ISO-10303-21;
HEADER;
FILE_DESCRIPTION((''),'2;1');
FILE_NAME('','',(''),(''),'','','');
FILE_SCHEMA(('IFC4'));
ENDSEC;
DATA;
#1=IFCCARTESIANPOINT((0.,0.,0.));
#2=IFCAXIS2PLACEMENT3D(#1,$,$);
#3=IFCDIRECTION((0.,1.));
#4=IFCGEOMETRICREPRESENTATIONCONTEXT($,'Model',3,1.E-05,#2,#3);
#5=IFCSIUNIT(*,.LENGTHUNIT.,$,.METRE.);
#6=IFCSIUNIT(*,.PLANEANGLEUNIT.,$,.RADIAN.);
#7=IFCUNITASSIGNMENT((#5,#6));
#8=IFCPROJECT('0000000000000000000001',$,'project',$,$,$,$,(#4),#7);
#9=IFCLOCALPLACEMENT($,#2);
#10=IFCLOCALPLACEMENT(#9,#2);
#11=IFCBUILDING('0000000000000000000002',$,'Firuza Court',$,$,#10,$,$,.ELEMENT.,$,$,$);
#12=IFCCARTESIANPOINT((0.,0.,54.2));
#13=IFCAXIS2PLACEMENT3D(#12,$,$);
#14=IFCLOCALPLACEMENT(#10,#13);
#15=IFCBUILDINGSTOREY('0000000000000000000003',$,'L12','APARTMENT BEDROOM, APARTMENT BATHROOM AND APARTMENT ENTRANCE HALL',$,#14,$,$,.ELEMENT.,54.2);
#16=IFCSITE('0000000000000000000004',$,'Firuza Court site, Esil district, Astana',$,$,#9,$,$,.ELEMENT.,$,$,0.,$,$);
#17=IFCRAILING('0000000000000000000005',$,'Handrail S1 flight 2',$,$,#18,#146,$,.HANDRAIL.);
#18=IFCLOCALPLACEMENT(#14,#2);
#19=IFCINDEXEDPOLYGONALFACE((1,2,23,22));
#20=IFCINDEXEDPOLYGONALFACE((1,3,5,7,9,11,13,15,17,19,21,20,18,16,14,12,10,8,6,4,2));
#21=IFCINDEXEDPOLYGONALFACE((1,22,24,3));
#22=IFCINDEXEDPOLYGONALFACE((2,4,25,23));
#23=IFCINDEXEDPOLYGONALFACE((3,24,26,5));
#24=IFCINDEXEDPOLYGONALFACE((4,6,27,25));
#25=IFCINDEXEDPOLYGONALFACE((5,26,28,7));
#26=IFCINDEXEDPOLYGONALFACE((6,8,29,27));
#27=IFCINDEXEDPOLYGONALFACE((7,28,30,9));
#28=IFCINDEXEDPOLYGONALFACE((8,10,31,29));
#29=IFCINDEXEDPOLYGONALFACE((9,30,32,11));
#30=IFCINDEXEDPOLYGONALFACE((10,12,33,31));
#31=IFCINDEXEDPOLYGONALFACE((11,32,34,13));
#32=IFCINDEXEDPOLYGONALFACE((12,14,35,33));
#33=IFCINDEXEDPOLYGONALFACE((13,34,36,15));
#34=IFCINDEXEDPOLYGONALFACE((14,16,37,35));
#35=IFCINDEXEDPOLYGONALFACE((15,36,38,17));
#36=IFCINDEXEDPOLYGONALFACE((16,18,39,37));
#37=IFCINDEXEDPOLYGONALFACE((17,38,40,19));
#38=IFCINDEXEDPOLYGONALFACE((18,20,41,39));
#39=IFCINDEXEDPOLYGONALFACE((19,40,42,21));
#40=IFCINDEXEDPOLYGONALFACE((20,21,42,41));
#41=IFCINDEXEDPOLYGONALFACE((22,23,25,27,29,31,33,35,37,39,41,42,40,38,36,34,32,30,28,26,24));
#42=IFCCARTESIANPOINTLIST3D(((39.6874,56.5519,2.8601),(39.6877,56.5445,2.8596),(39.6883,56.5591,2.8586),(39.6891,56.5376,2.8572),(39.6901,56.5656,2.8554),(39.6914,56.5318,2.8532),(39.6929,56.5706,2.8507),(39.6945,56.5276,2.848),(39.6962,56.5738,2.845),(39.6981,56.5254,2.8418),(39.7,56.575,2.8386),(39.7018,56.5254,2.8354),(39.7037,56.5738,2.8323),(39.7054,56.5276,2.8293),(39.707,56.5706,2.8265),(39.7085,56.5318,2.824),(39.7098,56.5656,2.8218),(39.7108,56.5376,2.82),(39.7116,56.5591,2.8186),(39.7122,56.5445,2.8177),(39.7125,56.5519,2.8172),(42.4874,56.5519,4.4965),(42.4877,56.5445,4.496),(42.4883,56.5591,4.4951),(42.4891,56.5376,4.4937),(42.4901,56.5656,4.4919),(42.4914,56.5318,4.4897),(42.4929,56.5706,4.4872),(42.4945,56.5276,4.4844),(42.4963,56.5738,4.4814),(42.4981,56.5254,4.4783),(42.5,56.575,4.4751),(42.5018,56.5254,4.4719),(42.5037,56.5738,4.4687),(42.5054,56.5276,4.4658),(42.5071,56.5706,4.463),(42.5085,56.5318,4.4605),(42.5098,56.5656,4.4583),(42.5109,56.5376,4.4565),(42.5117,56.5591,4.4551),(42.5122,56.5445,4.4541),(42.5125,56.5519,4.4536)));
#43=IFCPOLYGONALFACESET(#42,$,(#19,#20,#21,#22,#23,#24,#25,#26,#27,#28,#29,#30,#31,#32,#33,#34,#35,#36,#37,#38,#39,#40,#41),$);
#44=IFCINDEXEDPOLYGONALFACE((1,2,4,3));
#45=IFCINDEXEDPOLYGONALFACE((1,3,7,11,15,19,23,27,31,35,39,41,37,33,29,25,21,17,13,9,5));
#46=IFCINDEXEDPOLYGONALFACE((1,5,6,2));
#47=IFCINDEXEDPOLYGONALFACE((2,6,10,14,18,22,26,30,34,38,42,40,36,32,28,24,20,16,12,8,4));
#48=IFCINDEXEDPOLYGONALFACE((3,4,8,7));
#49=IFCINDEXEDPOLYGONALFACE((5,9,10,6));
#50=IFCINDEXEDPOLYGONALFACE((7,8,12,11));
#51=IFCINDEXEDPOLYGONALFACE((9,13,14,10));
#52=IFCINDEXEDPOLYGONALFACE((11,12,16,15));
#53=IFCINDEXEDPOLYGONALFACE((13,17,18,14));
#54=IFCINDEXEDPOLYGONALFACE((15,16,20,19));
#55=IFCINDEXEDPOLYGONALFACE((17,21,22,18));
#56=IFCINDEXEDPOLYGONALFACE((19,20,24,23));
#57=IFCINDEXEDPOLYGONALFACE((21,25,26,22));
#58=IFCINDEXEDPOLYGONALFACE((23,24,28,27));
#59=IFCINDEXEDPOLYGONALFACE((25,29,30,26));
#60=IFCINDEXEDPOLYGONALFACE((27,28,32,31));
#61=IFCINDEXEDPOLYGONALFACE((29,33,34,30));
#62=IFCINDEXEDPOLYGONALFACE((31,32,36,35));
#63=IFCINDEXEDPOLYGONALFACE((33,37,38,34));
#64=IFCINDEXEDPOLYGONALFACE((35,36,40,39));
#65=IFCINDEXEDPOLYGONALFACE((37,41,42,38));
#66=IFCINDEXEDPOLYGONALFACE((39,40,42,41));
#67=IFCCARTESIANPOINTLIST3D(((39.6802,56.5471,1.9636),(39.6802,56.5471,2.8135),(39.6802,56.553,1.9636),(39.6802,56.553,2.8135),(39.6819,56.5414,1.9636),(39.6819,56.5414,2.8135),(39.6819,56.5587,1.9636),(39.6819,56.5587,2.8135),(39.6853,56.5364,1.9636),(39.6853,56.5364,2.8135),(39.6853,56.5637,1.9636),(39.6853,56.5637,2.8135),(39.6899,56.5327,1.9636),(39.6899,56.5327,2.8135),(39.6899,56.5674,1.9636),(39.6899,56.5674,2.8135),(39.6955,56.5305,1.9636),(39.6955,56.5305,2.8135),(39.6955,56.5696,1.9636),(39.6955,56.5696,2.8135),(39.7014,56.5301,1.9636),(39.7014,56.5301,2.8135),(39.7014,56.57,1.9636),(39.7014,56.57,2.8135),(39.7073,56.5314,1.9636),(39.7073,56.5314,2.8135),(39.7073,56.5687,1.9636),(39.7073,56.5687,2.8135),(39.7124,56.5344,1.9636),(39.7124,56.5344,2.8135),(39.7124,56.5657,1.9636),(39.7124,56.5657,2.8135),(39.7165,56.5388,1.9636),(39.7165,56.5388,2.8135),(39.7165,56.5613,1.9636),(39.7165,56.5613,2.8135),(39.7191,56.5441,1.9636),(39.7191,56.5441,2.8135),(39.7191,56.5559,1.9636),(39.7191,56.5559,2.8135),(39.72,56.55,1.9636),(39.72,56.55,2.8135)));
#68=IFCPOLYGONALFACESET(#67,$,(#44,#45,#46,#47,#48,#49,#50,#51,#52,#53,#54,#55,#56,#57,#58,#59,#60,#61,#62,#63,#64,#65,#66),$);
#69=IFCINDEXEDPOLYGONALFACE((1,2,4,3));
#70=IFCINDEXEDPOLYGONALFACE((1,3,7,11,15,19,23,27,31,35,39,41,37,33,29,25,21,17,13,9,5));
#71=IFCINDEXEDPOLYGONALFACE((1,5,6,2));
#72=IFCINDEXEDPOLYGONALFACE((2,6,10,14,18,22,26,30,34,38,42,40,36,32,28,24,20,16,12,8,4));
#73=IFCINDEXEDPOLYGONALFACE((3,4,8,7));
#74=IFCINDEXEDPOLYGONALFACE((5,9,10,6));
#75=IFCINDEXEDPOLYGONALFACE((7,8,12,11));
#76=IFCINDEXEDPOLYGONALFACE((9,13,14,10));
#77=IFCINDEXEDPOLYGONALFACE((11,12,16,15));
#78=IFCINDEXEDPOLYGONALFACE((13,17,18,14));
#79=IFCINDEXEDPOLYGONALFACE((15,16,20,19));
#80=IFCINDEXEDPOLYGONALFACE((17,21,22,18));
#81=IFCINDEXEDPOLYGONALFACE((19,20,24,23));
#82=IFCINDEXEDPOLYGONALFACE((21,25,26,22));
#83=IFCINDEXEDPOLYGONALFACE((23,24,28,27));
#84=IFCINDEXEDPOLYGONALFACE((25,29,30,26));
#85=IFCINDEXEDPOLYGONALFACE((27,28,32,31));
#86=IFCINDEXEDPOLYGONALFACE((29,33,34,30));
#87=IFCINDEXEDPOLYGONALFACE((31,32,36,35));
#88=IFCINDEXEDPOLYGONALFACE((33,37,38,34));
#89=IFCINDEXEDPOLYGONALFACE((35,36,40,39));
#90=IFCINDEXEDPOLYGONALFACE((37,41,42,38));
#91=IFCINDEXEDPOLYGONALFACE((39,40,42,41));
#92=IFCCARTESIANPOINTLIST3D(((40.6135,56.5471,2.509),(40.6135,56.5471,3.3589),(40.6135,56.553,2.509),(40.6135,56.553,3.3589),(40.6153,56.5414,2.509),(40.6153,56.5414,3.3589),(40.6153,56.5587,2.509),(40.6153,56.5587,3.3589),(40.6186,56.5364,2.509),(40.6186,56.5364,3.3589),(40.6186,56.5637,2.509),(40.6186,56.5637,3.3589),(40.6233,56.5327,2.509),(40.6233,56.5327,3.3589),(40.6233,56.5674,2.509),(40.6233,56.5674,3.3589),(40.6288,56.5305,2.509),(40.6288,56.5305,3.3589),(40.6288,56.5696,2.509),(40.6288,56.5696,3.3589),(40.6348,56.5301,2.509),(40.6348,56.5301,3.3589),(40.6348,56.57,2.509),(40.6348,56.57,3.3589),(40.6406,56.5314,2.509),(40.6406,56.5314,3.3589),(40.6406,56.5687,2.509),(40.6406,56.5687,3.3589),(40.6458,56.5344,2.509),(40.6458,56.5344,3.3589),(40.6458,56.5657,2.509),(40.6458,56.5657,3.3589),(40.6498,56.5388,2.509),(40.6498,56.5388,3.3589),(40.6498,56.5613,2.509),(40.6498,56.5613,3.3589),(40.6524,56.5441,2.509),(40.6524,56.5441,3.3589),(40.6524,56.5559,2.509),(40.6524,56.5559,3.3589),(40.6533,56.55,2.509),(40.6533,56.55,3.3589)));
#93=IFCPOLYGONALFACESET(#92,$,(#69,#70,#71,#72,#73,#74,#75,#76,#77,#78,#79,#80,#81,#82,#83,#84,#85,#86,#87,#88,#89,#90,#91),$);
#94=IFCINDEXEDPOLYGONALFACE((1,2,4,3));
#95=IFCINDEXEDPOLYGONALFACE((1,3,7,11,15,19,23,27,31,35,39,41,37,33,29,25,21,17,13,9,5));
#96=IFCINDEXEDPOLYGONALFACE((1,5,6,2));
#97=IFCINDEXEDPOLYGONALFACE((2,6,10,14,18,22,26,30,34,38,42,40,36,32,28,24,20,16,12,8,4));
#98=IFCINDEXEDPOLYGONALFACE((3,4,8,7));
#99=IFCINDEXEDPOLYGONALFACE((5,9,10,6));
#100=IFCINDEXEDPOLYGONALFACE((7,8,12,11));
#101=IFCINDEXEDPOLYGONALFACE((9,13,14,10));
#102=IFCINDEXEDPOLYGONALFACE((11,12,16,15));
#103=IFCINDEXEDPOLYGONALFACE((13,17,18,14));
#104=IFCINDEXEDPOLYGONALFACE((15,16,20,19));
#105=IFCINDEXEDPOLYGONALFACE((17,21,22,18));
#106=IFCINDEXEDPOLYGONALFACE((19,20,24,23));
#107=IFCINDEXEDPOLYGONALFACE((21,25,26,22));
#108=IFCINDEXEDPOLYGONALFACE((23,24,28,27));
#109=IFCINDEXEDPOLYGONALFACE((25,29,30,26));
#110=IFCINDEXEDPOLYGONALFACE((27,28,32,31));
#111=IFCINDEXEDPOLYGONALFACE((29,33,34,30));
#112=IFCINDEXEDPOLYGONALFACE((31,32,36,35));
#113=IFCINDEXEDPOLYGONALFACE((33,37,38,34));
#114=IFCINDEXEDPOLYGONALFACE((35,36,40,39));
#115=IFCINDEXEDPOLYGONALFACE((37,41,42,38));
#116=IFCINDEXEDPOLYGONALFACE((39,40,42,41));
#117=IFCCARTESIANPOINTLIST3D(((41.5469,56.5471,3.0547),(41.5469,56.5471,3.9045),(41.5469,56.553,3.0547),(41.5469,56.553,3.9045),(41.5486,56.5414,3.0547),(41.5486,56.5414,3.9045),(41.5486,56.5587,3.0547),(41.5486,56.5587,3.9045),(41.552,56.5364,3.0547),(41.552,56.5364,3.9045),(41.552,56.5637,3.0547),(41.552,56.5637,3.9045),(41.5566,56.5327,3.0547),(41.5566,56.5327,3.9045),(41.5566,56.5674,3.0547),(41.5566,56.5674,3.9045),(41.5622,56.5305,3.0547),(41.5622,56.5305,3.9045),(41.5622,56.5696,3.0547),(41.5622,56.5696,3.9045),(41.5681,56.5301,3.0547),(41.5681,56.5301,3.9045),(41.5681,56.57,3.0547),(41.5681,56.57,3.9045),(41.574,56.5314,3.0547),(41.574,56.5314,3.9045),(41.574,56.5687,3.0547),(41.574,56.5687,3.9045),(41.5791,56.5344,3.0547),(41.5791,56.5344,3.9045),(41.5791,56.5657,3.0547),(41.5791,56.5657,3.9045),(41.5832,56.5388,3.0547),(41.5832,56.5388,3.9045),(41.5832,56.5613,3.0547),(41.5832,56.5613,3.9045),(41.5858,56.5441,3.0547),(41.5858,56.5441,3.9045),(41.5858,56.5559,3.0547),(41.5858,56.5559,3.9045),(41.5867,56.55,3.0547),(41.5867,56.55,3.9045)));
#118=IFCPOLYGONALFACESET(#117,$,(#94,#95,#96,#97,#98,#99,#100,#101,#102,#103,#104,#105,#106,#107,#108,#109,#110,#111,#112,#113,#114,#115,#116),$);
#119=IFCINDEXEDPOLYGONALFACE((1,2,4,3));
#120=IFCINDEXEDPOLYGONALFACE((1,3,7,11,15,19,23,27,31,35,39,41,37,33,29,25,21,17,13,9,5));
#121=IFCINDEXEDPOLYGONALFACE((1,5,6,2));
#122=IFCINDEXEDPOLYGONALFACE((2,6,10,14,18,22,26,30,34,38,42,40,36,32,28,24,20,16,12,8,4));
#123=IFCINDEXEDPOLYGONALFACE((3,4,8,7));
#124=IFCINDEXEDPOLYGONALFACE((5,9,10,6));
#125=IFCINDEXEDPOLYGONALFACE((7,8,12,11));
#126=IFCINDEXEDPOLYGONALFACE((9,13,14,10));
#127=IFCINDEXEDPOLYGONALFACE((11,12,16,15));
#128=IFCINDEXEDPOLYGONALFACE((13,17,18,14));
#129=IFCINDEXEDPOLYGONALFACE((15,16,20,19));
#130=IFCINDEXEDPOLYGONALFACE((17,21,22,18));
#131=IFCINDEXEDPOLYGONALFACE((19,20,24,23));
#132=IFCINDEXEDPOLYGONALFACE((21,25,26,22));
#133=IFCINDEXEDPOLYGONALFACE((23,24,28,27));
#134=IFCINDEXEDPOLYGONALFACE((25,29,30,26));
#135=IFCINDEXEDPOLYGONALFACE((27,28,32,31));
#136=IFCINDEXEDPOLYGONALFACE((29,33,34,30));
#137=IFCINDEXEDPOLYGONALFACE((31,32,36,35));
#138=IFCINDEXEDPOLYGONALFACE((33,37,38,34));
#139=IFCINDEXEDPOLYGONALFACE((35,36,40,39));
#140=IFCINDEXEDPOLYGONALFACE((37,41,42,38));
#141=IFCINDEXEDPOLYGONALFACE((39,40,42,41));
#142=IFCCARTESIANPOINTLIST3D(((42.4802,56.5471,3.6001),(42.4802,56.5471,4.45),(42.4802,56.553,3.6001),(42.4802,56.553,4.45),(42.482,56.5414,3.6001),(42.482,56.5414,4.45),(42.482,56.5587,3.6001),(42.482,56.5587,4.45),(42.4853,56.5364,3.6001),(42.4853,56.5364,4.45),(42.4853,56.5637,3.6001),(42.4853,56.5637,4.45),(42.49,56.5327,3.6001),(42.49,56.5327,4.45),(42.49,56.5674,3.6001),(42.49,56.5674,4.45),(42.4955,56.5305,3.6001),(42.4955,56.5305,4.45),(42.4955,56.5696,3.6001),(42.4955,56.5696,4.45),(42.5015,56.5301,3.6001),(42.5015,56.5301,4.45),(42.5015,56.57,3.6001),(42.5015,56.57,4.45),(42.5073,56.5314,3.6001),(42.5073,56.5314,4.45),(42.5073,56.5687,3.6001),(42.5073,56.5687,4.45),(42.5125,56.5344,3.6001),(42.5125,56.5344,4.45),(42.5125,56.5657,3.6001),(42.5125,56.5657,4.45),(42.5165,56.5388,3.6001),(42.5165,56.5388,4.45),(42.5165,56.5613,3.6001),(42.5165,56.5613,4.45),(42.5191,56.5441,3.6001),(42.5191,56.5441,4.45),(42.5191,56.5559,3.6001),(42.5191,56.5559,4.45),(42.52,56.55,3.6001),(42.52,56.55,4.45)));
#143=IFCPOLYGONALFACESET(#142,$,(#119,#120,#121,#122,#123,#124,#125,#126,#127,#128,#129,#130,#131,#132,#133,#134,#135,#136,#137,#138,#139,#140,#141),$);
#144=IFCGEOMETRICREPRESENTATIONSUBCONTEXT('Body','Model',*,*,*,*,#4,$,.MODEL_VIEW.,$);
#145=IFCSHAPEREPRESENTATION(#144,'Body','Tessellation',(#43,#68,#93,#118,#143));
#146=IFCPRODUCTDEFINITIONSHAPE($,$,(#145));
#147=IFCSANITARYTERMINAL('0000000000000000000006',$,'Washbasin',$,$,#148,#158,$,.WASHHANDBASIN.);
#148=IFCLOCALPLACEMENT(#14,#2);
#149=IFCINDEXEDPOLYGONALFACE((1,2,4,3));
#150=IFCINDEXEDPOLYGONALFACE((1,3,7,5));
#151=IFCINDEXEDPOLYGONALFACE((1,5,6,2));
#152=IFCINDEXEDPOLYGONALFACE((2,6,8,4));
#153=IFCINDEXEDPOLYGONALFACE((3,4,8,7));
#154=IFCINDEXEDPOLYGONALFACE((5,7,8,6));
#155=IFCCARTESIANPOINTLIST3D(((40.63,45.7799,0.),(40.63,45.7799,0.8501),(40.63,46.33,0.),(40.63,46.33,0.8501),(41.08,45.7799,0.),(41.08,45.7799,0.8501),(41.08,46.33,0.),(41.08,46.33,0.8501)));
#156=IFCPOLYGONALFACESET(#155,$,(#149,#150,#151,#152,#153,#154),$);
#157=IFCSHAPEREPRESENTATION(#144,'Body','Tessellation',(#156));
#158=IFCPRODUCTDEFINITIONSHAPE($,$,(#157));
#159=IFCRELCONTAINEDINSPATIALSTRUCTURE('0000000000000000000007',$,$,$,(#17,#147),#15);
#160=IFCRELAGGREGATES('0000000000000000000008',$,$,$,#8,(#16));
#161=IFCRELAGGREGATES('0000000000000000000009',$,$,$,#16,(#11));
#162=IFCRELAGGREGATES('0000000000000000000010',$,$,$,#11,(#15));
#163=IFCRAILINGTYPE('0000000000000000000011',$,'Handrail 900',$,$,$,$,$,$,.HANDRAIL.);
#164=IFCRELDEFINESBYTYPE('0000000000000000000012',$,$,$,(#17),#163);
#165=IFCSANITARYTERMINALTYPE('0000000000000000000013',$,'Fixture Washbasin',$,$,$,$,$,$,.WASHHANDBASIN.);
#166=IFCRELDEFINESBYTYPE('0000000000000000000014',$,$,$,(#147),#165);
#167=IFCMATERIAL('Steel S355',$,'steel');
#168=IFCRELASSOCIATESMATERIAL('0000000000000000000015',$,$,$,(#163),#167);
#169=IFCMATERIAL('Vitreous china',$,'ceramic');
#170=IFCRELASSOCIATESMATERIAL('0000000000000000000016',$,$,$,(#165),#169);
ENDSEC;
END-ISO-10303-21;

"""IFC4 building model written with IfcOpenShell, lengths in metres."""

from ifc_helpers import new_model, si_unit, direction, frame, origin, origin_2d, place, context, subcontext, project, spatial, rectangle, circle, extrude, material, type_object, element, save


model = new_model("IFC4")

# Units and contexts
model_context = context("Model", 3, precision=1e-05, world=origin(), true_north=direction((0.0, 1.0)))
body_context = subcontext(model_context, "Body", "Model", "MODEL_VIEW")
ifc_project = project(units=[si_unit("LENGTHUNIT", "METRE"), si_unit("PLANEANGLEUNIT", "RADIAN")], contexts=[model_context])

# Site, building, storey
site_placement = place(None, origin())
site = spatial("IfcSite", under=ifc_project, at=site_placement, Name="Firuza Court site, Esil district, Astana", CompositionType="ELEMENT", RefElevation=0.0)
building_placement = place(site_placement, origin())
building = spatial("IfcBuilding", under=site, at=building_placement, Name="Firuza Court", CompositionType="ELEMENT")
storey_placement = place(building_placement, frame((0.0, 0.0, 54.2)))
storey = spatial("IfcBuildingStorey", under=building, at=storey_placement, Name="L12", Description="APARTMENT BEDROOM, APARTMENT BATHROOM AND APARTMENT ENTRANCE HALL", CompositionType="ELEMENT", Elevation=54.2)

# Railing
ifc_material_1 = material(Name="Steel S355", Category="steel")
railing_type_1 = type_object("IfcRailingType", Name="Handrail 900", PredefinedType="HANDRAIL", material=ifc_material_1)
railing_1_placement = place(storey_placement, frame((39.7, 56.55, 1.9636)))
element("IfcRailing", 1, at=railing_1_placement, inside=storey, type_object=railing_type_1, Name="Handrail S1 flight 2", PredefinedType="HANDRAIL", context=body_context, shape_type="SweptSolid", body=[
    extrude(circle(Radius=0.0249, at=origin_2d()), frame((0.0, 0.0, 0.875), z_axis=(0.863361, 0.0, 0.504587), x_axis=(0.0, 1.0, 0.0)), (0.0, 0.0, 1.0), 3.2432),
    extrude(circle(Radius=0.02, at=origin_2d()), origin(), (0.0, 0.0, 1.0), 0.8499),
    extrude(circle(Radius=0.02, at=origin_2d()), frame((0.9333, 0.0, 0.5454)), (0.0, 0.0, 1.0), 0.8499),
    extrude(circle(Radius=0.02, at=origin_2d()), frame((1.8667, 0.0, 1.0911)), (0.0, 0.0, 1.0), 0.8499),
    extrude(circle(Radius=0.02, at=origin_2d()), frame((2.8, 0.0, 1.6365)), (0.0, 0.0, 1.0), 0.8499),
])

# Sanitary terminal
ifc_material_2 = material(Name="Vitreous china", Category="ceramic")
sanitary_terminal_type = type_object("IfcSanitaryTerminalType", Name="Fixture Washbasin", PredefinedType="WASHHANDBASIN", material=ifc_material_2)
sanitary_terminal_placement = place(storey_placement, frame((40.855, 46.0549, 0.0), z_axis=(0.0, 0.0, 1.0), x_axis=(1.0, 0.0, 0.0)))
element("IfcSanitaryTerminal", 2, at=sanitary_terminal_placement, inside=storey, type_object=sanitary_terminal_type, Name="Washbasin", PredefinedType="WASHHANDBASIN", context=body_context, shape_type="SweptSolid", body=[
    extrude(rectangle(XDim=0.45, YDim=0.55, at=origin_2d()), origin(), (0.0, 0.0, 1.0), 0.8501),
])

save(model, "model.ifc")
